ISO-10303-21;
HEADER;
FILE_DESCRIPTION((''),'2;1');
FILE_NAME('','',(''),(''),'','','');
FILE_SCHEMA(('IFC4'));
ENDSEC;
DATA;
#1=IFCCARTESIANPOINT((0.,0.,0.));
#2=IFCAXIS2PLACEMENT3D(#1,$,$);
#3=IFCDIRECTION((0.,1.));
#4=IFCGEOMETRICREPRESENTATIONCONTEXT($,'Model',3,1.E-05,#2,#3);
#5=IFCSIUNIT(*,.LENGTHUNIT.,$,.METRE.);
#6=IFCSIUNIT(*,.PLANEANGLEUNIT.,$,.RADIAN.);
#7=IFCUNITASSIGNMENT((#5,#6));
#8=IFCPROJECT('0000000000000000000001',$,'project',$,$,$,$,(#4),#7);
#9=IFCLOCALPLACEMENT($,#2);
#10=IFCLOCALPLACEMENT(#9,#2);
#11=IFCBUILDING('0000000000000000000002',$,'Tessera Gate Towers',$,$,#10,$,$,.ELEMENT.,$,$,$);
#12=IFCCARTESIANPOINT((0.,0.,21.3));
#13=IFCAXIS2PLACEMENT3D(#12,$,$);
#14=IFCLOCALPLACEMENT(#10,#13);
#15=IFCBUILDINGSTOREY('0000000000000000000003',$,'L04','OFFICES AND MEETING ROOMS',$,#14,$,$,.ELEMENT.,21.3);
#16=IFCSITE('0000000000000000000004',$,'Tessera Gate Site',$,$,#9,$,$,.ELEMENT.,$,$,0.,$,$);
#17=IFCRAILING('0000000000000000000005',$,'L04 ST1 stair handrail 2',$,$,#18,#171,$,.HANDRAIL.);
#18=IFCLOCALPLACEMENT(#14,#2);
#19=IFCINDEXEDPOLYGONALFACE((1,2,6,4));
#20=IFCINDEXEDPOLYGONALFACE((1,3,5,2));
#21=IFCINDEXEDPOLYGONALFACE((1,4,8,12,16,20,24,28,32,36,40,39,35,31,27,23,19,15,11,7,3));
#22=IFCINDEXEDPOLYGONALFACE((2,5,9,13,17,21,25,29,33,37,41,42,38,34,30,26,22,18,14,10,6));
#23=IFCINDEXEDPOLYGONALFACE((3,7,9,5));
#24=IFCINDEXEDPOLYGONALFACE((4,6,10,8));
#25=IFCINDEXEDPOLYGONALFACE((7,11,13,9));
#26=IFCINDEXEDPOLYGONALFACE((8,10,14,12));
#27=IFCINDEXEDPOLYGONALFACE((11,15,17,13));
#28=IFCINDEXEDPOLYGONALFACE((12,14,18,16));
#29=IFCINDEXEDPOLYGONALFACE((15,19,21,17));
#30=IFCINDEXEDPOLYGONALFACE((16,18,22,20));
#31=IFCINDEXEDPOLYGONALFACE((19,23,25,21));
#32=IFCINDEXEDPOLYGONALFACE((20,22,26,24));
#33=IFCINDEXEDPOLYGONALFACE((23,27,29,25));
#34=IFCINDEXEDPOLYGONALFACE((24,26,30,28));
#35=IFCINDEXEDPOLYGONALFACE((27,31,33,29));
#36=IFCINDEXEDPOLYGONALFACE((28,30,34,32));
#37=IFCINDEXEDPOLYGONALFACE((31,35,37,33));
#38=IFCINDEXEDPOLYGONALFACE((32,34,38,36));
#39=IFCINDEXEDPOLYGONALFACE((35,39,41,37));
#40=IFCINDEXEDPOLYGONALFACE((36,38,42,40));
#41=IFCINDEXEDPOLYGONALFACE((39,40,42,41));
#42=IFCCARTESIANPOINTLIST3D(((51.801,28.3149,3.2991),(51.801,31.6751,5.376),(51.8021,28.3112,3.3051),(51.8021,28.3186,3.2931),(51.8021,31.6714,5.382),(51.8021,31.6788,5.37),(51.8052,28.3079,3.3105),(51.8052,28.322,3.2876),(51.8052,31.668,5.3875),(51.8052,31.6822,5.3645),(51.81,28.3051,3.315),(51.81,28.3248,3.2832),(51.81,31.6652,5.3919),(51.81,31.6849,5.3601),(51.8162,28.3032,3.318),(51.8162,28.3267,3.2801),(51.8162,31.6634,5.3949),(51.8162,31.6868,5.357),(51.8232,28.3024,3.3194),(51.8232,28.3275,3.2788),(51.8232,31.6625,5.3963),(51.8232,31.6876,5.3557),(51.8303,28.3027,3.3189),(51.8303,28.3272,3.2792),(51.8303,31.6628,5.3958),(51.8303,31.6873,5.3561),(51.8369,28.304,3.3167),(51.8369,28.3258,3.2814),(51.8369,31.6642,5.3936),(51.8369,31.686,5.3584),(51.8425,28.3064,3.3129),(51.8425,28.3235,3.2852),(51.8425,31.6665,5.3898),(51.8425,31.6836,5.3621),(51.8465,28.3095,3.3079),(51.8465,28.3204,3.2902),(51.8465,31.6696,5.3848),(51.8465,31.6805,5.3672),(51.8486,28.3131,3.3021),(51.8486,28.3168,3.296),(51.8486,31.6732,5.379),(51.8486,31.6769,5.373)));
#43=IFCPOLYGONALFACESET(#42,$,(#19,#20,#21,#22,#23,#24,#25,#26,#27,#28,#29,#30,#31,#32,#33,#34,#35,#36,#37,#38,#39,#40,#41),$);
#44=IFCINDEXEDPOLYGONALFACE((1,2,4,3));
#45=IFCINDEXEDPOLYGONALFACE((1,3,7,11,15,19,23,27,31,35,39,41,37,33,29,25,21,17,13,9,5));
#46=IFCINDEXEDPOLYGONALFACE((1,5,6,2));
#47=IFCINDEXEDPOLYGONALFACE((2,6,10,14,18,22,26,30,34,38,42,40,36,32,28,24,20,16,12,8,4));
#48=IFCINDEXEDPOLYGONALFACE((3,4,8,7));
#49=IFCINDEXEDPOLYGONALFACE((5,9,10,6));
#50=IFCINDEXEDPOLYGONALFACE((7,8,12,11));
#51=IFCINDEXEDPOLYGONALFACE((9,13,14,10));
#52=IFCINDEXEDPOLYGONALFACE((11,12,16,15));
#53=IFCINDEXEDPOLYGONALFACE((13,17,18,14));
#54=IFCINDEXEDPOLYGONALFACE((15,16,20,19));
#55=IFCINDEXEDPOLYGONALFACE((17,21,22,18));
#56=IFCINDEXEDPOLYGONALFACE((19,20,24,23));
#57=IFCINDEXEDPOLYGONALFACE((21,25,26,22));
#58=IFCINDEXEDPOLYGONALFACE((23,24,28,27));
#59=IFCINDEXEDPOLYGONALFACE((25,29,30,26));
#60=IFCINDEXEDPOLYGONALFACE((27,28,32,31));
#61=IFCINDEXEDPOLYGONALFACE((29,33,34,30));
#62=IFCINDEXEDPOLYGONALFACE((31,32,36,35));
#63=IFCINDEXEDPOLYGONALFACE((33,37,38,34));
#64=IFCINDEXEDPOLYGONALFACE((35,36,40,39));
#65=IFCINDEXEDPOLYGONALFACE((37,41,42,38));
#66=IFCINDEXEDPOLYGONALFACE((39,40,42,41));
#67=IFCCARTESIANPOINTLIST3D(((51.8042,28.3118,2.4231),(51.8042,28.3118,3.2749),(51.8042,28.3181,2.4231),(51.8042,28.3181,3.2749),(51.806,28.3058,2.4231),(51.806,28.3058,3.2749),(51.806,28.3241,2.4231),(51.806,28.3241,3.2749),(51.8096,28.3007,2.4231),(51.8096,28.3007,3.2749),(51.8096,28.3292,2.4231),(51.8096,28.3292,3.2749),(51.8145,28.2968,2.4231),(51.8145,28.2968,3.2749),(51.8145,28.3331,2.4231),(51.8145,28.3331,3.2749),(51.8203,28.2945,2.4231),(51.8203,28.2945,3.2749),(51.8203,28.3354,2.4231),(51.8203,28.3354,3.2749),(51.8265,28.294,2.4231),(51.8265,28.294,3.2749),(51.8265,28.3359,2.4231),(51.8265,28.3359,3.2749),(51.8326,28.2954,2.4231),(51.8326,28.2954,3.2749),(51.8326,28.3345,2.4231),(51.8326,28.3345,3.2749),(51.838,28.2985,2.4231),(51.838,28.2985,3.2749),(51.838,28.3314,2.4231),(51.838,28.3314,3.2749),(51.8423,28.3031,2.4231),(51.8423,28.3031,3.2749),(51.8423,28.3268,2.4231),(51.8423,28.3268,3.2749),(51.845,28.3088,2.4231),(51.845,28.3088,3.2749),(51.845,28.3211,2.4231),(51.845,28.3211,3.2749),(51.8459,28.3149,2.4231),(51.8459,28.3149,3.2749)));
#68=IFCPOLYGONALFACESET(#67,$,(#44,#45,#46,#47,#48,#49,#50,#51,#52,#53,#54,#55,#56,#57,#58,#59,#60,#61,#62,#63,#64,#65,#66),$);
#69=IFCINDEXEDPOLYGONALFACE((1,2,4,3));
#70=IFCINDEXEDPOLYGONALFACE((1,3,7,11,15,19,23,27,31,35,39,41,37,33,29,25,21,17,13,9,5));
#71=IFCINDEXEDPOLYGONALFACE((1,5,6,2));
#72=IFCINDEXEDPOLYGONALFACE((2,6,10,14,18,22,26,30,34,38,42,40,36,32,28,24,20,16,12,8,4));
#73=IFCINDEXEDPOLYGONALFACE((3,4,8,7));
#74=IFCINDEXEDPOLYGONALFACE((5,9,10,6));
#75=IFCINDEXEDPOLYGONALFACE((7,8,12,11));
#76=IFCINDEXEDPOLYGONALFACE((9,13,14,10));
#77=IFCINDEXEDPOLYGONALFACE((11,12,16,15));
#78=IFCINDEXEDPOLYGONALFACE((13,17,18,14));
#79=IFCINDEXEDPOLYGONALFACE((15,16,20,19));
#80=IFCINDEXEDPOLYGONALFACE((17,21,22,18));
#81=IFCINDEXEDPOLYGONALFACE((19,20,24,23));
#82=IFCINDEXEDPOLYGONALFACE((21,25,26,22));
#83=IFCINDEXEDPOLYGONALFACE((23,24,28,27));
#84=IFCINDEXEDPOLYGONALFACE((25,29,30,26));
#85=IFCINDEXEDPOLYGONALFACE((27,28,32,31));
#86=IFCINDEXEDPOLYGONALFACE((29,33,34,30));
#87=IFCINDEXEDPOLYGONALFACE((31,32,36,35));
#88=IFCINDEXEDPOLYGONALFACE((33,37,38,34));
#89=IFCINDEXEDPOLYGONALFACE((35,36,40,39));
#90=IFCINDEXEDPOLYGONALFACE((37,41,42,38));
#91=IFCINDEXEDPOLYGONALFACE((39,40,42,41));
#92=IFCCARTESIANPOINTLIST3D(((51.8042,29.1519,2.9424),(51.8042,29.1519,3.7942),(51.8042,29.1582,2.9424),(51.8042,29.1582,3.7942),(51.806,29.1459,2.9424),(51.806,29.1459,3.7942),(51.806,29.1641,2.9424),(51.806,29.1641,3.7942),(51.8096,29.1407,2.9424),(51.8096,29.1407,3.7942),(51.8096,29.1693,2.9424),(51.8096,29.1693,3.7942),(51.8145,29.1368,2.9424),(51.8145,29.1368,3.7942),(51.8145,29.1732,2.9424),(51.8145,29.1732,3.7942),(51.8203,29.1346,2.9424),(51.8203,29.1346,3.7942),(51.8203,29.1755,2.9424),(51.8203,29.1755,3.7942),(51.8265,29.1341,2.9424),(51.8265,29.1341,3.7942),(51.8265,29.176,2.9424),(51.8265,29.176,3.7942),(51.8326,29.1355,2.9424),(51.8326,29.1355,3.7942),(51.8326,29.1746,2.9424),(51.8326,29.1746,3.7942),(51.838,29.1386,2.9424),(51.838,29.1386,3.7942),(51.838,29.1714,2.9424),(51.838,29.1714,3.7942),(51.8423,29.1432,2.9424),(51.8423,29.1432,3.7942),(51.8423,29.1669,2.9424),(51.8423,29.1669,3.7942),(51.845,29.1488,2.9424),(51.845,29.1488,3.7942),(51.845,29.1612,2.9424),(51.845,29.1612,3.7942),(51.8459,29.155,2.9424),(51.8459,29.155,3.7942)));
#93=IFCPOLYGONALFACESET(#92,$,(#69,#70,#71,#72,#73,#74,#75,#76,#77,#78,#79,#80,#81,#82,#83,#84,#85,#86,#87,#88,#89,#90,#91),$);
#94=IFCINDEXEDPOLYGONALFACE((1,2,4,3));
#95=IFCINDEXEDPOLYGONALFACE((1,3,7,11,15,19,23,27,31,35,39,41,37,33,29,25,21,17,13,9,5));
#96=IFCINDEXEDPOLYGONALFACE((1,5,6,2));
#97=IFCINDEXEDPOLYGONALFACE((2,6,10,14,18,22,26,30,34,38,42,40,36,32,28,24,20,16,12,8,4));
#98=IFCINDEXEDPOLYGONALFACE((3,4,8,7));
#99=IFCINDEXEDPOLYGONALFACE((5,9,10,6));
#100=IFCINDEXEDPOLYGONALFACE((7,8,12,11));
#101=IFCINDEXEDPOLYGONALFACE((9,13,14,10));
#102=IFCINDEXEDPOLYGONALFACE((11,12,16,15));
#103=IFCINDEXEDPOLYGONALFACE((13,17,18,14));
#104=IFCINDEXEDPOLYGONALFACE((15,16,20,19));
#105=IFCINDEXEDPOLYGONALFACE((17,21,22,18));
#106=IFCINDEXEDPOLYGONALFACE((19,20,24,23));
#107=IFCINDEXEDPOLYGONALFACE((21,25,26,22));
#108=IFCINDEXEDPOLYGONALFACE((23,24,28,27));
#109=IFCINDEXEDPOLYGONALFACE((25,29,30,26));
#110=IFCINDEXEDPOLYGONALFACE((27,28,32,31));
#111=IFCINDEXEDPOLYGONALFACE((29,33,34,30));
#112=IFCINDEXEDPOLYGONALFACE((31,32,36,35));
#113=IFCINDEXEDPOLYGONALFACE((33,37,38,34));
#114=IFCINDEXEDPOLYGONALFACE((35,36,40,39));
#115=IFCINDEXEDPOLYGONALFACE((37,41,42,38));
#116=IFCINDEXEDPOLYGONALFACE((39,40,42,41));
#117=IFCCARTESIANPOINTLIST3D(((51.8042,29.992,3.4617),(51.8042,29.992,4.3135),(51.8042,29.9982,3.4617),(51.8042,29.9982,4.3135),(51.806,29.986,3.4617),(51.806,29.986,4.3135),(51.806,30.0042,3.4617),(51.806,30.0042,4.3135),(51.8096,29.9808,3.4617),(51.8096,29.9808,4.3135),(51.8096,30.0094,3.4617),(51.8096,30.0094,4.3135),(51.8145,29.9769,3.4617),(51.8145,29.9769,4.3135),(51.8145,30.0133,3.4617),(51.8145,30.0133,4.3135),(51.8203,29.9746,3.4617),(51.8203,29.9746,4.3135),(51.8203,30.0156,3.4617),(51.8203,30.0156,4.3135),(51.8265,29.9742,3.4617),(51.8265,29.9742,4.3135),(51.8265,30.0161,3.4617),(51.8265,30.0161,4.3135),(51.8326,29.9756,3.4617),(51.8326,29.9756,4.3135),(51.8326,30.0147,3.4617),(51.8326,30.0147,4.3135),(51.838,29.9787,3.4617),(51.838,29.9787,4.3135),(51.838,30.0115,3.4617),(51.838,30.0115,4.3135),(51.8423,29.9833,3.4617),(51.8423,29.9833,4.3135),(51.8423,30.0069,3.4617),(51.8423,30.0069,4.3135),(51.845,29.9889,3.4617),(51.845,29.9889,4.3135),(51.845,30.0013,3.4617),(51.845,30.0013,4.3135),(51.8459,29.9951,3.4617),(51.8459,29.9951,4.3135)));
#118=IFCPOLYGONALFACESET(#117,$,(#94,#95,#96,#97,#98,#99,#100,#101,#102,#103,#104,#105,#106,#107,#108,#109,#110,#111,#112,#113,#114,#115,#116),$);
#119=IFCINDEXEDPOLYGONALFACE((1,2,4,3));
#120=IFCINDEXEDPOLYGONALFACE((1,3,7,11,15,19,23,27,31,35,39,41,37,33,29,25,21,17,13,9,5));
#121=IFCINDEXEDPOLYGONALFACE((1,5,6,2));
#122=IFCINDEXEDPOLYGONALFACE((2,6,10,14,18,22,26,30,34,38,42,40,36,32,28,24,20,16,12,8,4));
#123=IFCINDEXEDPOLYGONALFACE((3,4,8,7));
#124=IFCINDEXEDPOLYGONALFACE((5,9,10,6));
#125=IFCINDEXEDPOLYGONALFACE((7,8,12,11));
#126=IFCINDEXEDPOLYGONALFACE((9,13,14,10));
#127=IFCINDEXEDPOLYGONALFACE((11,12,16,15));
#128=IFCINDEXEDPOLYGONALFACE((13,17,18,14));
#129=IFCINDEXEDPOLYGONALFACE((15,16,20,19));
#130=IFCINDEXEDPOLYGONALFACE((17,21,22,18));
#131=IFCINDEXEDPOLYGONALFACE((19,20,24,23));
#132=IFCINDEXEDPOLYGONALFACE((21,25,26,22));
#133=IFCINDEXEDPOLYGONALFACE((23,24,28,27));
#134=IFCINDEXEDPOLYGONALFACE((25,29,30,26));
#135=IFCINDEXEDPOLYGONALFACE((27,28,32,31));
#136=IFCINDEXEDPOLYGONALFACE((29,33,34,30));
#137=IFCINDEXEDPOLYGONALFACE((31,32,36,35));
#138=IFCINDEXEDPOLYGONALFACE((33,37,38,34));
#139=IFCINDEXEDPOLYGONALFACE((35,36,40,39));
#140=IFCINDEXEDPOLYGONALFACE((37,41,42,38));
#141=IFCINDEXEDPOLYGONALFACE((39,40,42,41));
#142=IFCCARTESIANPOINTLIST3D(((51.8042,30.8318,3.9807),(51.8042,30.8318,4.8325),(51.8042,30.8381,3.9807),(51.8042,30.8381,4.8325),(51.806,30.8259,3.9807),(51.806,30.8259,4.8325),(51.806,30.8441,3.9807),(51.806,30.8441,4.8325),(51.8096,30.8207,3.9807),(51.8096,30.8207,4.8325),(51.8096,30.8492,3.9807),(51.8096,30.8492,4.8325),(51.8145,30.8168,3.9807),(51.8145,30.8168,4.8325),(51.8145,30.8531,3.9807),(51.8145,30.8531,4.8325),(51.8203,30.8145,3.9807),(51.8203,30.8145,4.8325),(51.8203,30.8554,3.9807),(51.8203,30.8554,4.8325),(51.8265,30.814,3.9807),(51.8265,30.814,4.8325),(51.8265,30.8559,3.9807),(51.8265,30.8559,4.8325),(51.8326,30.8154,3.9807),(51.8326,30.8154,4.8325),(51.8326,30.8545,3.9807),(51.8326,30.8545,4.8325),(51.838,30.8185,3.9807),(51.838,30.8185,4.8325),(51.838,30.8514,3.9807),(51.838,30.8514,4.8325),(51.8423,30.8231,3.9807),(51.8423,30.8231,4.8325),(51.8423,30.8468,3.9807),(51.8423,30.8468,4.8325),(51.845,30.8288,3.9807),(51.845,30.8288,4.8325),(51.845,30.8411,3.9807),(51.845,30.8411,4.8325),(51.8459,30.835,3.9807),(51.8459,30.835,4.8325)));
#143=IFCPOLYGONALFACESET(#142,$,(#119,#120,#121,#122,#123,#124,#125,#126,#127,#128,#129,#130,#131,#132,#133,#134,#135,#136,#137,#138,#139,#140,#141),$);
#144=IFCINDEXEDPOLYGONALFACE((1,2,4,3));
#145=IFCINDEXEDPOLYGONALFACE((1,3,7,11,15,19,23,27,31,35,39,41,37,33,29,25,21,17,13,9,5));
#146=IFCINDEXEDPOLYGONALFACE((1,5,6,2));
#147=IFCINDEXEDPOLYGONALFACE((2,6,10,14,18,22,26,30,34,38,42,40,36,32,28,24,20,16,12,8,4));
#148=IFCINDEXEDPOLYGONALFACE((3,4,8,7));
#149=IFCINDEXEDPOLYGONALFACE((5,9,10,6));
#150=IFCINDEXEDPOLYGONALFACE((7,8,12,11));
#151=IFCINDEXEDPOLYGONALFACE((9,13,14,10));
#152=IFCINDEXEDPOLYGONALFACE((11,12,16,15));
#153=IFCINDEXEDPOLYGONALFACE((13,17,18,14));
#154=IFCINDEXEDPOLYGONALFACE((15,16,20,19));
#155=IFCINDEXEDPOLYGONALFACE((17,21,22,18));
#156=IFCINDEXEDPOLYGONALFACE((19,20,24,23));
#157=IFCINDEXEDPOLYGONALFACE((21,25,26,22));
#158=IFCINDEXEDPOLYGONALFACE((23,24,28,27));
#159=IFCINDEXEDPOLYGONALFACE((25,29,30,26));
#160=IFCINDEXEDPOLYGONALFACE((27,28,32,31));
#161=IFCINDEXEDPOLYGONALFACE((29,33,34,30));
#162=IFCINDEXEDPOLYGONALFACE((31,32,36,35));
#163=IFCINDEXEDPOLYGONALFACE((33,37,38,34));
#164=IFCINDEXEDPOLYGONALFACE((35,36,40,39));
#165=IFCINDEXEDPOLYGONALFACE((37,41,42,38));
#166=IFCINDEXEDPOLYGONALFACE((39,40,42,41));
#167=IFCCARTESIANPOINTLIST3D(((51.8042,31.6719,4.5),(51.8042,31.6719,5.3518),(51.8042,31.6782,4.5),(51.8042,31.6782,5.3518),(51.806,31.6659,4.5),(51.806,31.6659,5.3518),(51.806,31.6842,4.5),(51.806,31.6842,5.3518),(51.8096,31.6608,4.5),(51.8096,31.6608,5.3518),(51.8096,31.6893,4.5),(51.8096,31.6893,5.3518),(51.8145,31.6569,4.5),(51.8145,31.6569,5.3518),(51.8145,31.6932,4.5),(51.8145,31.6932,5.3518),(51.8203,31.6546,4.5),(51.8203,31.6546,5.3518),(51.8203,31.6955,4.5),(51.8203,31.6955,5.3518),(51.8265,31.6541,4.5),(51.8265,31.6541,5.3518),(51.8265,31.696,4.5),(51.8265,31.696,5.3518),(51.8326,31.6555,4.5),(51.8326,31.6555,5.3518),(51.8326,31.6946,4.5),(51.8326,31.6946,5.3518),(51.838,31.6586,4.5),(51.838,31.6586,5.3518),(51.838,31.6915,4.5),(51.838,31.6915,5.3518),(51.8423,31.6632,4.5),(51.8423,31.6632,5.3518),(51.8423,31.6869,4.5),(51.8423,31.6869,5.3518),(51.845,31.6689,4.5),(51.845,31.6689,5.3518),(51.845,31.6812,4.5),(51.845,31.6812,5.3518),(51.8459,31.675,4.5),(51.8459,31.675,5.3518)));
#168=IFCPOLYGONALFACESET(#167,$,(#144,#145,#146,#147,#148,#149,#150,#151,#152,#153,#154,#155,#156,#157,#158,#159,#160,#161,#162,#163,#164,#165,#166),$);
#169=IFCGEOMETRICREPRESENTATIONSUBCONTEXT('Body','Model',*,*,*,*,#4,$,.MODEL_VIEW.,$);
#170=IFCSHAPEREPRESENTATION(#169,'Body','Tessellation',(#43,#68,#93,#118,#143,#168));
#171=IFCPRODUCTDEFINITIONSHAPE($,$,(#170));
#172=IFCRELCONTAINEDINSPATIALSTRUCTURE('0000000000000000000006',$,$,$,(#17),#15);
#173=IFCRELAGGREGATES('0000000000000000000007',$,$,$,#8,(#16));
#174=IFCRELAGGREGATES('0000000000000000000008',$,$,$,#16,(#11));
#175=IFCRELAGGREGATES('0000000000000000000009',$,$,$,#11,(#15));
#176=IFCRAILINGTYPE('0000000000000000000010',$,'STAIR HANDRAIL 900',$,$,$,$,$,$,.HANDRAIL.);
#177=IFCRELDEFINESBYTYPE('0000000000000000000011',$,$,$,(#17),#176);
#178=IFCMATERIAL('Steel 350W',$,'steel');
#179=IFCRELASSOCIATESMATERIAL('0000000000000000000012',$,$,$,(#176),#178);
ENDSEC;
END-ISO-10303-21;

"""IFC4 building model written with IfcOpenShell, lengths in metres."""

from ifc_helpers import new_model, si_unit, direction, frame, origin, origin_2d, place, context, subcontext, project, spatial, circle, extrude, material, type_object, element, save


model = new_model("IFC4")

# Units and contexts
model_context = context("Model", 3, precision=1e-05, world=origin(), true_north=direction((0.0, 1.0)))
body_context = subcontext(model_context, "Body", "Model", "MODEL_VIEW")
ifc_project = project(units=[si_unit("LENGTHUNIT", "METRE"), si_unit("PLANEANGLEUNIT", "RADIAN")], contexts=[model_context])

# Site, building, storey
site_placement = place(None, origin())
site = spatial("IfcSite", under=ifc_project, at=site_placement, Name="Tessera Gate Site", CompositionType="ELEMENT", RefElevation=0.0)
building_placement = place(site_placement, origin())
building = spatial("IfcBuilding", under=site, at=building_placement, Name="Tessera Gate Towers", CompositionType="ELEMENT")
storey_placement = place(building_placement, frame((0.0, 0.0, 21.3)))
storey = spatial("IfcBuildingStorey", under=building, at=storey_placement, Name="L04", Description="OFFICES AND MEETING ROOMS", CompositionType="ELEMENT", Elevation=21.3)

# Railing
ifc_material_1 = material(Name="Steel 350W", Category="steel")
railing_type_1 = type_object("IfcRailingType", Name="STAIR HANDRAIL 900", PredefinedType="HANDRAIL", material=ifc_material_1)
for number, where, name in (
    (1, (51.825, 28.3149, 2.4231), "L04 ST1 stair handrail 2"),
):
    element("IfcRailing", number, at=place(storey_placement, frame(where)), inside=storey, type_object=railing_type_1, Name=name, PredefinedType="HANDRAIL", context=body_context, shape_type="SweptSolid", body=[
        extrude(circle(Radius=0.0239, at=origin_2d()), frame((0.0, 0.0, 0.876), z_axis=(0.0, 0.850623, 0.525776), x_axis=(-1.0, 0.0, 0.0)), (0.0, 0.0, 1.0), 3.9502),
        extrude(circle(Radius=0.021, at=origin_2d()), origin(), (0.0, 0.0, 1.0), 0.8518),
        extrude(circle(Radius=0.021, at=origin_2d()), frame((0.0, 0.8401, 0.5193)), (0.0, 0.0, 1.0), 0.8518),
        extrude(circle(Radius=0.021, at=origin_2d()), frame((0.0, 1.6802, 1.0386)), (0.0, 0.0, 1.0), 0.8518),
        extrude(circle(Radius=0.021, at=origin_2d()), frame((0.0, 2.52, 1.5576)), (0.0, 0.0, 1.0), 0.8518),
        extrude(circle(Radius=0.021, at=origin_2d()), frame((0.0, 3.3601, 2.0769)), (0.0, 0.0, 1.0), 0.8518),
    ])

save(model, "model.ifc")
